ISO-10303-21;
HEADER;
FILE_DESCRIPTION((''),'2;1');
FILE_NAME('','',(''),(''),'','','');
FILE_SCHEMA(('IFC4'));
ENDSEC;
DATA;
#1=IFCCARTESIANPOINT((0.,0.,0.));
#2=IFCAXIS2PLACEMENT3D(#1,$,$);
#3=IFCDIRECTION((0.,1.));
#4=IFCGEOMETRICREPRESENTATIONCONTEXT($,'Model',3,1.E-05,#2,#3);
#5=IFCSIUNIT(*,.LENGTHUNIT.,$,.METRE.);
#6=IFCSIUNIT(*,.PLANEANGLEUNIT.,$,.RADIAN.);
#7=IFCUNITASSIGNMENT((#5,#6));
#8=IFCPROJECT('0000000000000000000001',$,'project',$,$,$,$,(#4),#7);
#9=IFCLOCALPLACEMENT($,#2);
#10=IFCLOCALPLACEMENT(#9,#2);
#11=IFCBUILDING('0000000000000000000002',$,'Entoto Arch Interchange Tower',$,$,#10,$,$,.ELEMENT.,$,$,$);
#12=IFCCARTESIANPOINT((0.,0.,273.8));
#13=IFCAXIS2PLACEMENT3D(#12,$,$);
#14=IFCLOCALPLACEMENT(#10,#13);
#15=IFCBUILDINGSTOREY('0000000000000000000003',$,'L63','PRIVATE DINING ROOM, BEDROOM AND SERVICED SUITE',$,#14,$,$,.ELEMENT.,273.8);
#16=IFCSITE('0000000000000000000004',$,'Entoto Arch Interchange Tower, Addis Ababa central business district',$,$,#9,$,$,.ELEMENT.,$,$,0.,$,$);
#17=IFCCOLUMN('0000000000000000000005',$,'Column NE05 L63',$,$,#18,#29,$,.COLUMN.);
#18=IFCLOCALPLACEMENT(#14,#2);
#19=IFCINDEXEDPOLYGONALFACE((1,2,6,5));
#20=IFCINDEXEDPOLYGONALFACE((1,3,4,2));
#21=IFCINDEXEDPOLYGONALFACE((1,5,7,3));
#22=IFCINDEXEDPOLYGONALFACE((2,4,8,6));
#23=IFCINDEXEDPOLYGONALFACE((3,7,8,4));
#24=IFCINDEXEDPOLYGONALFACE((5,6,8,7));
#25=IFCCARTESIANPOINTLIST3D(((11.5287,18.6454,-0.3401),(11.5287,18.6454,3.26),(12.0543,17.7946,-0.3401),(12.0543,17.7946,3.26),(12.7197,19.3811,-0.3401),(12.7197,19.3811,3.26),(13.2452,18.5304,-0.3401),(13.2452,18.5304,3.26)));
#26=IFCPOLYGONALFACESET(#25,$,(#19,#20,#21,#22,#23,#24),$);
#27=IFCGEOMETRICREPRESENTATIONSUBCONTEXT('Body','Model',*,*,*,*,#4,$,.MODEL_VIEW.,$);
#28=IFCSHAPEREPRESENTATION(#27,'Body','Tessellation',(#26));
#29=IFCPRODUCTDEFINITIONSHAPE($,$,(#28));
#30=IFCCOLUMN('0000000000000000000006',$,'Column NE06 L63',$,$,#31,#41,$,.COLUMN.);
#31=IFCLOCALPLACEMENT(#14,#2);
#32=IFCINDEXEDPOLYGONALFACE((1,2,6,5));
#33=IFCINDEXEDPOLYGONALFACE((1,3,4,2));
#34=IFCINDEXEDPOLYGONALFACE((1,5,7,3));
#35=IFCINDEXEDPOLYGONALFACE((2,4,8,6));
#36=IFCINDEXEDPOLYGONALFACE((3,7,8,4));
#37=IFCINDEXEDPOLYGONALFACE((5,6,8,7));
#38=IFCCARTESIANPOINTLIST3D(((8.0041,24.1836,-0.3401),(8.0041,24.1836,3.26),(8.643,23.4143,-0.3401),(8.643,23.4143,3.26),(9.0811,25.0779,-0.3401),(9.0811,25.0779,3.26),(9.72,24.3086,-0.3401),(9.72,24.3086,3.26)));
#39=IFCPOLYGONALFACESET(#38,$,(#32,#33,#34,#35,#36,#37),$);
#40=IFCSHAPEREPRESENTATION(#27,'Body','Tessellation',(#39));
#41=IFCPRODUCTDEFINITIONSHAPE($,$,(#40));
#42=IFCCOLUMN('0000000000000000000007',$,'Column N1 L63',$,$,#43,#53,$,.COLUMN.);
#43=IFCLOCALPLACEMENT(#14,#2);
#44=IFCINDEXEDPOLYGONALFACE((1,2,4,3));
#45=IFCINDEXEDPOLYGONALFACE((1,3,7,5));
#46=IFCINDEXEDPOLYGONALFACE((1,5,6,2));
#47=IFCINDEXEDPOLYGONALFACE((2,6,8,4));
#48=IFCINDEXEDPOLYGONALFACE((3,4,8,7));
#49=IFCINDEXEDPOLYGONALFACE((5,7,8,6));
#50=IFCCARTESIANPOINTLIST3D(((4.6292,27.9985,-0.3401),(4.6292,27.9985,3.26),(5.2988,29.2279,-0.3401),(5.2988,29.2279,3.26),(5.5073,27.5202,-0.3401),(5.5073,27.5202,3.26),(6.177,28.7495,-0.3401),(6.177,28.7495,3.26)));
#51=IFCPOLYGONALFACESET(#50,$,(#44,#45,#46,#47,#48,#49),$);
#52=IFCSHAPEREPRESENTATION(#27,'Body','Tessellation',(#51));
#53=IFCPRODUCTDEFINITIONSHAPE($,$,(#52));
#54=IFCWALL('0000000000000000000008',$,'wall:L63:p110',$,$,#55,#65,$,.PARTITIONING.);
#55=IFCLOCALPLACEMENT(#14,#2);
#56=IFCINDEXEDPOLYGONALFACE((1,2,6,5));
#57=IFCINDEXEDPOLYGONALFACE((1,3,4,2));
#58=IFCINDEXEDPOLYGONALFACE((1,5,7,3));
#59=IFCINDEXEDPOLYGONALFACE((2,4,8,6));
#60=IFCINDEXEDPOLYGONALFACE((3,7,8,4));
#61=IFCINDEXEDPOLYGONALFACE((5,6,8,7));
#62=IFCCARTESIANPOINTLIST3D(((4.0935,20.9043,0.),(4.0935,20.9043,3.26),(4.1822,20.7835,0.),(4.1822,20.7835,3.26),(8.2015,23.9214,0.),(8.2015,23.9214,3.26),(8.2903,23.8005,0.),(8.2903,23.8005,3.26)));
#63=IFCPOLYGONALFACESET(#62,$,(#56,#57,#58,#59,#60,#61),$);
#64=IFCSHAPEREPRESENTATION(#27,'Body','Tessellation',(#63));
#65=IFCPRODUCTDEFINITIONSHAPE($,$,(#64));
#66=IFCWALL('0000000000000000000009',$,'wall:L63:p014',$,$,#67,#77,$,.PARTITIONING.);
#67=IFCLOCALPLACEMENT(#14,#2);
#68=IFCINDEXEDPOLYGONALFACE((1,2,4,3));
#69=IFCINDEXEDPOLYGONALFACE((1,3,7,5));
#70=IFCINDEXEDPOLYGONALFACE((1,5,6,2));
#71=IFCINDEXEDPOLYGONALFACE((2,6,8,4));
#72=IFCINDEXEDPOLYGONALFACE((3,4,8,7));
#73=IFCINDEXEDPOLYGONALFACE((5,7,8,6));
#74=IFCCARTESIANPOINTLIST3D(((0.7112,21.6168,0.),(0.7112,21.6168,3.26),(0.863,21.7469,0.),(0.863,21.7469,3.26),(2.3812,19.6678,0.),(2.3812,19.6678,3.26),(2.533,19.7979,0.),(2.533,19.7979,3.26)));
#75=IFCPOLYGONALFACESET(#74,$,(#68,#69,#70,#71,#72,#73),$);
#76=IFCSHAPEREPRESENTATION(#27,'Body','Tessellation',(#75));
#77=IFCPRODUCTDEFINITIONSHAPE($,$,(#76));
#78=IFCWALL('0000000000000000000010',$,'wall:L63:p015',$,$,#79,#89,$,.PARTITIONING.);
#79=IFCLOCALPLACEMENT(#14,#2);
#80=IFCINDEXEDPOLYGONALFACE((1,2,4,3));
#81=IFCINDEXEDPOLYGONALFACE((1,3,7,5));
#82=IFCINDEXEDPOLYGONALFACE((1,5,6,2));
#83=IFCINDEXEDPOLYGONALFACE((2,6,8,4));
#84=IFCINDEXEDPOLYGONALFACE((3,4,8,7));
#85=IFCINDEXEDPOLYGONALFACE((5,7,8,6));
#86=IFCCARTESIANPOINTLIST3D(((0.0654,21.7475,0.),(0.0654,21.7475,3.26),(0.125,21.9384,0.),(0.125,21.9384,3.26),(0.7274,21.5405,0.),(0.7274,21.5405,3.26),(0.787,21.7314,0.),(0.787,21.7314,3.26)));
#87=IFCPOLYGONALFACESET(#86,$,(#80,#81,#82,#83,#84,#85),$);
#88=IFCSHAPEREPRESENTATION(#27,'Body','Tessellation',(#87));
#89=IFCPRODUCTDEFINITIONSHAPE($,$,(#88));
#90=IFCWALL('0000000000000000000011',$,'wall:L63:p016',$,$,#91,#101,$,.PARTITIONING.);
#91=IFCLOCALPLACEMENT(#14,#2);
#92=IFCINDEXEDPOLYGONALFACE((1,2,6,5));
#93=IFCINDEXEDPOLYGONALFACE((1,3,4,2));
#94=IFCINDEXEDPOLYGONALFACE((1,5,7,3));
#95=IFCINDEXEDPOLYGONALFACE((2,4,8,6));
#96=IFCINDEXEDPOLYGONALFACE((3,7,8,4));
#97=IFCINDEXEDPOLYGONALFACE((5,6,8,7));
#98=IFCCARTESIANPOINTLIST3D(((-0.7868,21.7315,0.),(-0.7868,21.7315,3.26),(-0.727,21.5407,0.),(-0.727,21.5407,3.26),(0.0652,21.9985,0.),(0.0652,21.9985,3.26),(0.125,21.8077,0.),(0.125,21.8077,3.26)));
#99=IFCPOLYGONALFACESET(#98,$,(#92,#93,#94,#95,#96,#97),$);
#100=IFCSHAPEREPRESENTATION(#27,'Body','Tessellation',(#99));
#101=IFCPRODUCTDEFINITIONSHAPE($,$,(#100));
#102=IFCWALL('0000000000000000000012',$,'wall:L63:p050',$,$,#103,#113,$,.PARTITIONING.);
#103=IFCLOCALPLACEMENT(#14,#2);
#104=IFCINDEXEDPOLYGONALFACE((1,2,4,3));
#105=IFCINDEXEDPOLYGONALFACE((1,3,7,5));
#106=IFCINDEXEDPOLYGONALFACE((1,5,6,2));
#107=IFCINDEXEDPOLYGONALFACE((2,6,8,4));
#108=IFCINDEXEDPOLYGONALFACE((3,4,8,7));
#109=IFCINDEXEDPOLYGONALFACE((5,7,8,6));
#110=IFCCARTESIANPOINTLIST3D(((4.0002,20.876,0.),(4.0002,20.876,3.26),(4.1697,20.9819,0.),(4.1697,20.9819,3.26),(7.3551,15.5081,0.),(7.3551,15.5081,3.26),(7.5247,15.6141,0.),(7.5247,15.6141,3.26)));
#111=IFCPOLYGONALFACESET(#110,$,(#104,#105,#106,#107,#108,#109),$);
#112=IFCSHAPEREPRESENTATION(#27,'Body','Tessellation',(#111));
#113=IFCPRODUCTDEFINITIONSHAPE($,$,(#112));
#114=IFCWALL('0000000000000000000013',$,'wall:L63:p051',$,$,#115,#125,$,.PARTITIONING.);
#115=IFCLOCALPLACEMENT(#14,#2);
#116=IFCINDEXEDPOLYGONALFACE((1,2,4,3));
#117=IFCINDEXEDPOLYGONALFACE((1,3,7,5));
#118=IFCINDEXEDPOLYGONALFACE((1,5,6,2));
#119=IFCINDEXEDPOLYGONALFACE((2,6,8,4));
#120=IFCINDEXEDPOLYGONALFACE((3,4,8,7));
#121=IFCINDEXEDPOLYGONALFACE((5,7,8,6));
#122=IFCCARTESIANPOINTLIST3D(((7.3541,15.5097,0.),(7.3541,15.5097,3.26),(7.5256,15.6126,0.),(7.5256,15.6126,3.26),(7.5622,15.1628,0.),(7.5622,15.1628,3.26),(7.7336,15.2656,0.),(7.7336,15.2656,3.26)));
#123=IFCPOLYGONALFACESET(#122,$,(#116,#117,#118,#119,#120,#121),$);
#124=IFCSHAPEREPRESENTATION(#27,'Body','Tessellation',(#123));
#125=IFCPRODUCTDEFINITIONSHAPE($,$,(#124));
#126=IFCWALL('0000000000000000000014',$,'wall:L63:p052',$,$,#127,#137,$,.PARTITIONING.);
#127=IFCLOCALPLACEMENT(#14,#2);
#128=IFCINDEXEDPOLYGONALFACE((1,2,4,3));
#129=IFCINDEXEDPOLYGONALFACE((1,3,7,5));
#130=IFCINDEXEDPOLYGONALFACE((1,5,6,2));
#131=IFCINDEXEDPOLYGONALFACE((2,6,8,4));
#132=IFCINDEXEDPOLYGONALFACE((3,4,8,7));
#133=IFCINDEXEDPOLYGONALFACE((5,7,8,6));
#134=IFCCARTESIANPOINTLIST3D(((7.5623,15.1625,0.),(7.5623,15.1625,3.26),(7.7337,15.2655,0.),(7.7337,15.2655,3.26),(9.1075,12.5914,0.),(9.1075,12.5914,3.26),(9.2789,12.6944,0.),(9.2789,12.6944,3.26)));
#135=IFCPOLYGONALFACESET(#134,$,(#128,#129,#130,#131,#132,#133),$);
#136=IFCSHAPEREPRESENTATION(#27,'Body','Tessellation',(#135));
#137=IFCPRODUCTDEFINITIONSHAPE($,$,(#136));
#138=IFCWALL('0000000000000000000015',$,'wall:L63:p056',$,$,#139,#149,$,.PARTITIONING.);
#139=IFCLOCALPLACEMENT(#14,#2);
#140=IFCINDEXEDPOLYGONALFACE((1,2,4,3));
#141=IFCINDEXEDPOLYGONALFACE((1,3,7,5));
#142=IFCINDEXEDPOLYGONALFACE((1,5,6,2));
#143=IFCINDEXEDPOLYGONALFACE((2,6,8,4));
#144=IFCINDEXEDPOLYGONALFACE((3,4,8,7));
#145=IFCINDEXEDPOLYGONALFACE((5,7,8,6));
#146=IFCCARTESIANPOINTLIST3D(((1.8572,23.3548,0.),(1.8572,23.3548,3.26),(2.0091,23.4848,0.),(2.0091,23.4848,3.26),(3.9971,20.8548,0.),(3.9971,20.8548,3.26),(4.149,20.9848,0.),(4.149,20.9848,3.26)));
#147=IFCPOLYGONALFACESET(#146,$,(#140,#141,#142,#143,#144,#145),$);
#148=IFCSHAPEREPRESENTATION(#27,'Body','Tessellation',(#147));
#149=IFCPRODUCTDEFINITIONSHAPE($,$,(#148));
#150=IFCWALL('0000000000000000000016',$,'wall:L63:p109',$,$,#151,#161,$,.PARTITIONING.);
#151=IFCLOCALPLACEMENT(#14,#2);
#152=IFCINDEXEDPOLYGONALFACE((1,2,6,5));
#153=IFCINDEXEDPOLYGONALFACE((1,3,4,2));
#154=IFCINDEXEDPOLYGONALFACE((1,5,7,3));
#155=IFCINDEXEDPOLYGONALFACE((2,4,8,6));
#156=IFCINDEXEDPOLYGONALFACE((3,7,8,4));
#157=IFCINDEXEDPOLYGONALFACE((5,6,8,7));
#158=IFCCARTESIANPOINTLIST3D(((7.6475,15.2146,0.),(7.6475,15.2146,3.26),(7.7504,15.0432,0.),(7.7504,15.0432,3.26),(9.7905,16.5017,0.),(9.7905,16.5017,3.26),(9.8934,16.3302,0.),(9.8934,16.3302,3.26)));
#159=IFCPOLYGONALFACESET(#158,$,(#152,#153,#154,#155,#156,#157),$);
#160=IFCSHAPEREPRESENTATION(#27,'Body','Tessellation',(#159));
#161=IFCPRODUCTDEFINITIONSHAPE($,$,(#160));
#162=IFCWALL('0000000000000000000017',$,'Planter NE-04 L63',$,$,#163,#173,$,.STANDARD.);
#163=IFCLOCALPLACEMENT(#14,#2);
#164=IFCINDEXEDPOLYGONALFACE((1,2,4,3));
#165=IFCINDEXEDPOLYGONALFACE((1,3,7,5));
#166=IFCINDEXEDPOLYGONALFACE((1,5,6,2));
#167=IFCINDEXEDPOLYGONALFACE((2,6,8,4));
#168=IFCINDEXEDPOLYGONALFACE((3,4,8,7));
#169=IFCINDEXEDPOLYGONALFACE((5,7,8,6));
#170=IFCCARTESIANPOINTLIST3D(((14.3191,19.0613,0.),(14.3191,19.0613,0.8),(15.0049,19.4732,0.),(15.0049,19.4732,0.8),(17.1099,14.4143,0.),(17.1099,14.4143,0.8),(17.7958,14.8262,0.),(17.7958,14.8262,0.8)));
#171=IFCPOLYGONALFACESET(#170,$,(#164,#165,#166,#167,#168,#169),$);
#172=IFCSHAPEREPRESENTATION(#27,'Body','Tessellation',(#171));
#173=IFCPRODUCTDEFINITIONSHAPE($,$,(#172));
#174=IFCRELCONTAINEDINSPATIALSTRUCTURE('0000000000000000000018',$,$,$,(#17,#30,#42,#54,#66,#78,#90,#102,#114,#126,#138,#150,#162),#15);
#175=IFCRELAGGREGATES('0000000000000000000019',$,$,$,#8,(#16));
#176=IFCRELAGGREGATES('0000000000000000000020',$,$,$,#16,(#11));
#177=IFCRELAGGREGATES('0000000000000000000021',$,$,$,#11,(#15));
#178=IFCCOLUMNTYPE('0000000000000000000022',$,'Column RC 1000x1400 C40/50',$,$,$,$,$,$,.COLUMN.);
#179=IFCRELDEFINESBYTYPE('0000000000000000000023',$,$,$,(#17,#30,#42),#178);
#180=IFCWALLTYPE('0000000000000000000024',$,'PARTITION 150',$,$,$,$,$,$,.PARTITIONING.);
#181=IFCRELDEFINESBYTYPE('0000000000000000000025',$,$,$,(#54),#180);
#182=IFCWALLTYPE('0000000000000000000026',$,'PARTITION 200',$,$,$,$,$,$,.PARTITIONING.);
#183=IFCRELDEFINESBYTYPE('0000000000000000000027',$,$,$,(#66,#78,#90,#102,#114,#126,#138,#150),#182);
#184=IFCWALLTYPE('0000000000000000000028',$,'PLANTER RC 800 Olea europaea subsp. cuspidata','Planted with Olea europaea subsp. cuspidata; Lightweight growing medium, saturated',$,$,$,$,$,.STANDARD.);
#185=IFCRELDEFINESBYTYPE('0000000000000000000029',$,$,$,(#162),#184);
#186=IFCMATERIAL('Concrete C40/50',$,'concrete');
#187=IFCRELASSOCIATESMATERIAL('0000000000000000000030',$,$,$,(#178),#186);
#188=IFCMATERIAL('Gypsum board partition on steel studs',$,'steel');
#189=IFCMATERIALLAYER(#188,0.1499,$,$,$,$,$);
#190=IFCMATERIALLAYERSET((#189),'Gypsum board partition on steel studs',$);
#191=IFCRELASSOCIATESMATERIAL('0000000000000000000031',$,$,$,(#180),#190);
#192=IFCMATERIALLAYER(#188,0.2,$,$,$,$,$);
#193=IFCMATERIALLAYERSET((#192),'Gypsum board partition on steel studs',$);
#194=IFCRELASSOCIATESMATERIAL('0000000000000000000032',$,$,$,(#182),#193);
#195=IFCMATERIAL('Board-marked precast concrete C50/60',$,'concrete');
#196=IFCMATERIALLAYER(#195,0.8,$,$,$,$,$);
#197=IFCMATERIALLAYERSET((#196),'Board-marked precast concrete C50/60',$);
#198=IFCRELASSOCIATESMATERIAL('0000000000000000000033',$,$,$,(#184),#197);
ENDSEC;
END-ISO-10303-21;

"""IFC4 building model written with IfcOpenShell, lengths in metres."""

from ifc_helpers import new_model, si_unit, direction, frame, frame_2d, origin, origin_2d, place, context, subcontext, project, spatial, rectangle, extrude, material, layer, layer_set, material_profile, profile_set, type_object, element, save


model = new_model("IFC4")

# Units and contexts
model_context = context("Model", 3, precision=1e-05, world=origin(), true_north=direction((0.0, 1.0)))
body_context = subcontext(model_context, "Body", "Model", "MODEL_VIEW")
ifc_project = project(units=[si_unit("LENGTHUNIT", "METRE"), si_unit("PLANEANGLEUNIT", "RADIAN")], contexts=[model_context])

# Site, building, storey
site_placement = place(None, origin())
site = spatial("IfcSite", under=ifc_project, at=site_placement, Name="Entoto Arch Interchange Tower, Addis Ababa central business district", CompositionType="ELEMENT", RefElevation=0.0)
building_placement = place(site_placement, origin())
building = spatial("IfcBuilding", under=site, at=building_placement, Name="Entoto Arch Interchange Tower", CompositionType="ELEMENT")
storey_placement = place(building_placement, frame((0.0, 0.0, 273.8)))
storey = spatial("IfcBuildingStorey", under=building, at=storey_placement, Name="L63", Description="PRIVATE DINING ROOM, BEDROOM AND SERVICED SUITE", CompositionType="ELEMENT", Elevation=273.8)

# Columns
ifc_material_1 = material(Name="Concrete C40/50", Category="concrete")
ifc_material_profile = material_profile(ifc_material_1, rectangle(XDim=1.0, YDim=1.3999, at=origin_2d()))
ifc_profile_set = profile_set([ifc_material_profile], Name="Concrete C40/50")
column_type = type_object("IfcColumnType", Name="Column RC 1000x1400 C40/50", PredefinedType="COLUMN", material=ifc_profile_set)
for number, where, z_axis, x_axis, name in (
    (1, (12.387, 18.5879, -0.3401), (0.0, 0.0, 1.0), (-0.525576, 0.850747, 0.0), "Column NE05 L63"),
    (2, (8.8621, 24.2461, -0.3401), (0.0, 0.0, 1.0), (-0.638835, 0.769344, 0.0), "Column NE06 L63"),
    (3, (5.4031, 28.374, -0.3401), (0.0, 0.0, 1.0), (-0.878175, 0.478339, 0.0), "Column N1 L63"),
):
    element("IfcColumn", number, at=place(storey_placement, frame(where, z_axis=z_axis, x_axis=x_axis)), inside=storey, type_object=column_type, Name=name, PredefinedType="COLUMN", context=body_context, shape_type="SweptSolid", body=[
        extrude(rectangle(XDim=1.0, YDim=1.3999, at=origin_2d()), origin(), (0.0, 0.0, 1.0), 3.6001),
    ])

# Walls
ifc_material_2 = material(Name="Gypsum board partition on steel studs", Category="steel")
ifc_layer_1 = layer(ifc_material_2, 0.1499)
ifc_layer_set_1 = layer_set([ifc_layer_1], Name="Gypsum board partition on steel studs")
wall_type_1 = type_object("IfcWallType", Name="PARTITION 150", PredefinedType="PARTITIONING", material=ifc_layer_set_1)
wall_1_placement = place(storey_placement, frame((4.1379, 20.844, 0.0), z_axis=(0.0, 0.0, 1.0), x_axis=(0.805989, 0.59193, 0.0)))
element("IfcWall", 4, at=wall_1_placement, inside=storey, type_object=wall_type_1, Name="wall:L63:p110", PredefinedType="PARTITIONING", context=body_context, shape_type="SweptSolid", body=[
    extrude(rectangle(XDim=5.0969, YDim=0.1499, at=frame_2d((2.5483, 0.0))), origin(), (0.0, 0.0, 1.0), 3.26),
])
ifc_layer_2 = layer(ifc_material_2, 0.2)
ifc_layer_set_2 = layer_set([ifc_layer_2], Name="Gypsum board partition on steel studs")
wall_type_2 = type_object("IfcWallType", Name="PARTITION 200", PredefinedType="PARTITIONING", material=ifc_layer_set_2)
wall_2_placement = place(storey_placement, frame((2.457, 19.7329, 0.0), z_axis=(0.0, 0.0, 1.0), x_axis=(-0.65065, 0.759377, 0.0)))
element("IfcWall", 5, at=wall_2_placement, inside=storey, type_object=wall_type_2, Name="wall:L63:p014", PredefinedType="PARTITIONING", context=body_context, shape_type="SweptSolid", body=[
    extrude(rectangle(XDim=2.5667, YDim=0.2, at=frame_2d((1.2832, 0.0))), origin(), (0.0, 0.0, 1.0), 3.26),
])
wall_3_placement = place(storey_placement, frame((0.7571, 21.636, 0.0), z_axis=(0.0, 0.0, 1.0), x_axis=(-0.95443, 0.298435, 0.0)))
element("IfcWall", 6, at=wall_3_placement, inside=storey, type_object=wall_type_2, Name="wall:L63:p015", PredefinedType="PARTITIONING", context=body_context, shape_type="SweptSolid", body=[
    extrude(rectangle(XDim=0.6936, YDim=0.2, at=frame_2d((0.3467, 0.0))), origin(), (0.0, 0.0, 1.0), 3.26),
])
wall_4_placement = place(storey_placement, frame((0.095, 21.9031, 0.0), z_axis=(0.0, 0.0, 1.0), x_axis=(-0.954217, -0.299116, 0.0)))
element("IfcWall", 7, at=wall_4_placement, inside=storey, type_object=wall_type_2, Name="wall:L63:p016", PredefinedType="PARTITIONING", context=body_context, shape_type="SweptSolid", body=[
    extrude(rectangle(XDim=0.8928, YDim=0.2, at=frame_2d((0.4463, 0.0))), origin(), (0.0, 0.0, 1.0), 3.26),
])
wall_5_placement = place(storey_placement, frame((4.085, 20.929, 0.0), z_axis=(0.0, 0.0, 1.0), x_axis=(0.530002, -0.847996, 0.0)))
element("IfcWall", 8, at=wall_5_placement, inside=storey, type_object=wall_type_2, Name="wall:L63:p050", PredefinedType="PARTITIONING", context=body_context, shape_type="SweptSolid", body=[
    extrude(rectangle(XDim=6.3301, YDim=0.2, at=frame_2d((3.165, 0.0))), origin(), (0.0, 0.0, 1.0), 3.26),
])
wall_6_placement = place(storey_placement, frame((7.4399, 15.561, 0.0), z_axis=(0.0, 0.0, 1.0), x_axis=(0.514229, -0.857653, 0.0)))
element("IfcWall", 9, at=wall_6_placement, inside=storey, type_object=wall_type_2, Name="wall:L63:p051", PredefinedType="PARTITIONING", context=body_context, shape_type="SweptSolid", body=[
    extrude(rectangle(XDim=0.4045, YDim=0.2, at=frame_2d((0.2021, 0.0))), origin(), (0.0, 0.0, 1.0), 3.26),
])
wall_7_placement = place(storey_placement, frame((7.6479, 15.2141, 0.0), z_axis=(0.0, 0.0, 1.0), x_axis=(0.515118, -0.857119, 0.0)))
element("IfcWall", 10, at=wall_7_placement, inside=storey, type_object=wall_type_2, Name="wall:L63:p052", PredefinedType="PARTITIONING", context=body_context, shape_type="SweptSolid", body=[
    extrude(rectangle(XDim=2.9998, YDim=0.2, at=frame_2d((1.5, 0.0))), origin(), (0.0, 0.0, 1.0), 3.26),
])
wall_8_placement = place(storey_placement, frame((1.9331, 23.4199, 0.0), z_axis=(0.0, 0.0, 1.0), x_axis=(0.650272, -0.759702, 0.0)))
element("IfcWall", 11, at=wall_8_placement, inside=storey, type_object=wall_type_2, Name="wall:L63:p056", PredefinedType="PARTITIONING", context=body_context, shape_type="SweptSolid", body=[
    extrude(rectangle(XDim=3.2908, YDim=0.2, at=frame_2d((1.6455, 0.0))), origin(), (0.0, 0.0, 1.0), 3.26),
])
wall_9_placement = place(storey_placement, frame((9.842, 16.416, 0.0), z_axis=(0.0, 0.0, 1.0), x_axis=(-0.857269, -0.514869, 0.0)))
element("IfcWall", 12, at=wall_9_placement, inside=storey, type_object=wall_type_2, Name="wall:L63:p109", PredefinedType="PARTITIONING", context=body_context, shape_type="SweptSolid", body=[
    extrude(rectangle(XDim=2.4998, YDim=0.2, at=frame_2d((1.25, 0.0))), origin(), (0.0, 0.0, 1.0), 3.26),
])
ifc_material_3 = material(Name="Board-marked precast concrete C50/60", Category="concrete")
ifc_layer_3 = layer(ifc_material_3, 0.8)
ifc_layer_set_3 = layer_set([ifc_layer_3], Name="Board-marked precast concrete C50/60")
wall_type_3 = type_object("IfcWallType", Name="PLANTER RC 800 Olea europaea subsp. cuspidata", Description="Planted with Olea europaea subsp. cuspidata; Lightweight growing medium, saturated", PredefinedType="STANDARD", material=ifc_layer_set_3)
wall_10_placement = place(storey_placement, frame((17.4529, 14.6201, 0.0), z_axis=(0.0, 0.0, 1.0), x_axis=(-0.514847, 0.857282, 0.0)))
element("IfcWall", 13, at=wall_10_placement, inside=storey, type_object=wall_type_3, Name="Planter NE-04 L63", PredefinedType="STANDARD", context=body_context, shape_type="SweptSolid", body=[
    extrude(rectangle(XDim=5.4207, YDim=0.8, at=frame_2d((2.7104, 0.0))), origin(), (0.0, 0.0, 1.0), 0.8),
])

save(model, "model.ifc")
